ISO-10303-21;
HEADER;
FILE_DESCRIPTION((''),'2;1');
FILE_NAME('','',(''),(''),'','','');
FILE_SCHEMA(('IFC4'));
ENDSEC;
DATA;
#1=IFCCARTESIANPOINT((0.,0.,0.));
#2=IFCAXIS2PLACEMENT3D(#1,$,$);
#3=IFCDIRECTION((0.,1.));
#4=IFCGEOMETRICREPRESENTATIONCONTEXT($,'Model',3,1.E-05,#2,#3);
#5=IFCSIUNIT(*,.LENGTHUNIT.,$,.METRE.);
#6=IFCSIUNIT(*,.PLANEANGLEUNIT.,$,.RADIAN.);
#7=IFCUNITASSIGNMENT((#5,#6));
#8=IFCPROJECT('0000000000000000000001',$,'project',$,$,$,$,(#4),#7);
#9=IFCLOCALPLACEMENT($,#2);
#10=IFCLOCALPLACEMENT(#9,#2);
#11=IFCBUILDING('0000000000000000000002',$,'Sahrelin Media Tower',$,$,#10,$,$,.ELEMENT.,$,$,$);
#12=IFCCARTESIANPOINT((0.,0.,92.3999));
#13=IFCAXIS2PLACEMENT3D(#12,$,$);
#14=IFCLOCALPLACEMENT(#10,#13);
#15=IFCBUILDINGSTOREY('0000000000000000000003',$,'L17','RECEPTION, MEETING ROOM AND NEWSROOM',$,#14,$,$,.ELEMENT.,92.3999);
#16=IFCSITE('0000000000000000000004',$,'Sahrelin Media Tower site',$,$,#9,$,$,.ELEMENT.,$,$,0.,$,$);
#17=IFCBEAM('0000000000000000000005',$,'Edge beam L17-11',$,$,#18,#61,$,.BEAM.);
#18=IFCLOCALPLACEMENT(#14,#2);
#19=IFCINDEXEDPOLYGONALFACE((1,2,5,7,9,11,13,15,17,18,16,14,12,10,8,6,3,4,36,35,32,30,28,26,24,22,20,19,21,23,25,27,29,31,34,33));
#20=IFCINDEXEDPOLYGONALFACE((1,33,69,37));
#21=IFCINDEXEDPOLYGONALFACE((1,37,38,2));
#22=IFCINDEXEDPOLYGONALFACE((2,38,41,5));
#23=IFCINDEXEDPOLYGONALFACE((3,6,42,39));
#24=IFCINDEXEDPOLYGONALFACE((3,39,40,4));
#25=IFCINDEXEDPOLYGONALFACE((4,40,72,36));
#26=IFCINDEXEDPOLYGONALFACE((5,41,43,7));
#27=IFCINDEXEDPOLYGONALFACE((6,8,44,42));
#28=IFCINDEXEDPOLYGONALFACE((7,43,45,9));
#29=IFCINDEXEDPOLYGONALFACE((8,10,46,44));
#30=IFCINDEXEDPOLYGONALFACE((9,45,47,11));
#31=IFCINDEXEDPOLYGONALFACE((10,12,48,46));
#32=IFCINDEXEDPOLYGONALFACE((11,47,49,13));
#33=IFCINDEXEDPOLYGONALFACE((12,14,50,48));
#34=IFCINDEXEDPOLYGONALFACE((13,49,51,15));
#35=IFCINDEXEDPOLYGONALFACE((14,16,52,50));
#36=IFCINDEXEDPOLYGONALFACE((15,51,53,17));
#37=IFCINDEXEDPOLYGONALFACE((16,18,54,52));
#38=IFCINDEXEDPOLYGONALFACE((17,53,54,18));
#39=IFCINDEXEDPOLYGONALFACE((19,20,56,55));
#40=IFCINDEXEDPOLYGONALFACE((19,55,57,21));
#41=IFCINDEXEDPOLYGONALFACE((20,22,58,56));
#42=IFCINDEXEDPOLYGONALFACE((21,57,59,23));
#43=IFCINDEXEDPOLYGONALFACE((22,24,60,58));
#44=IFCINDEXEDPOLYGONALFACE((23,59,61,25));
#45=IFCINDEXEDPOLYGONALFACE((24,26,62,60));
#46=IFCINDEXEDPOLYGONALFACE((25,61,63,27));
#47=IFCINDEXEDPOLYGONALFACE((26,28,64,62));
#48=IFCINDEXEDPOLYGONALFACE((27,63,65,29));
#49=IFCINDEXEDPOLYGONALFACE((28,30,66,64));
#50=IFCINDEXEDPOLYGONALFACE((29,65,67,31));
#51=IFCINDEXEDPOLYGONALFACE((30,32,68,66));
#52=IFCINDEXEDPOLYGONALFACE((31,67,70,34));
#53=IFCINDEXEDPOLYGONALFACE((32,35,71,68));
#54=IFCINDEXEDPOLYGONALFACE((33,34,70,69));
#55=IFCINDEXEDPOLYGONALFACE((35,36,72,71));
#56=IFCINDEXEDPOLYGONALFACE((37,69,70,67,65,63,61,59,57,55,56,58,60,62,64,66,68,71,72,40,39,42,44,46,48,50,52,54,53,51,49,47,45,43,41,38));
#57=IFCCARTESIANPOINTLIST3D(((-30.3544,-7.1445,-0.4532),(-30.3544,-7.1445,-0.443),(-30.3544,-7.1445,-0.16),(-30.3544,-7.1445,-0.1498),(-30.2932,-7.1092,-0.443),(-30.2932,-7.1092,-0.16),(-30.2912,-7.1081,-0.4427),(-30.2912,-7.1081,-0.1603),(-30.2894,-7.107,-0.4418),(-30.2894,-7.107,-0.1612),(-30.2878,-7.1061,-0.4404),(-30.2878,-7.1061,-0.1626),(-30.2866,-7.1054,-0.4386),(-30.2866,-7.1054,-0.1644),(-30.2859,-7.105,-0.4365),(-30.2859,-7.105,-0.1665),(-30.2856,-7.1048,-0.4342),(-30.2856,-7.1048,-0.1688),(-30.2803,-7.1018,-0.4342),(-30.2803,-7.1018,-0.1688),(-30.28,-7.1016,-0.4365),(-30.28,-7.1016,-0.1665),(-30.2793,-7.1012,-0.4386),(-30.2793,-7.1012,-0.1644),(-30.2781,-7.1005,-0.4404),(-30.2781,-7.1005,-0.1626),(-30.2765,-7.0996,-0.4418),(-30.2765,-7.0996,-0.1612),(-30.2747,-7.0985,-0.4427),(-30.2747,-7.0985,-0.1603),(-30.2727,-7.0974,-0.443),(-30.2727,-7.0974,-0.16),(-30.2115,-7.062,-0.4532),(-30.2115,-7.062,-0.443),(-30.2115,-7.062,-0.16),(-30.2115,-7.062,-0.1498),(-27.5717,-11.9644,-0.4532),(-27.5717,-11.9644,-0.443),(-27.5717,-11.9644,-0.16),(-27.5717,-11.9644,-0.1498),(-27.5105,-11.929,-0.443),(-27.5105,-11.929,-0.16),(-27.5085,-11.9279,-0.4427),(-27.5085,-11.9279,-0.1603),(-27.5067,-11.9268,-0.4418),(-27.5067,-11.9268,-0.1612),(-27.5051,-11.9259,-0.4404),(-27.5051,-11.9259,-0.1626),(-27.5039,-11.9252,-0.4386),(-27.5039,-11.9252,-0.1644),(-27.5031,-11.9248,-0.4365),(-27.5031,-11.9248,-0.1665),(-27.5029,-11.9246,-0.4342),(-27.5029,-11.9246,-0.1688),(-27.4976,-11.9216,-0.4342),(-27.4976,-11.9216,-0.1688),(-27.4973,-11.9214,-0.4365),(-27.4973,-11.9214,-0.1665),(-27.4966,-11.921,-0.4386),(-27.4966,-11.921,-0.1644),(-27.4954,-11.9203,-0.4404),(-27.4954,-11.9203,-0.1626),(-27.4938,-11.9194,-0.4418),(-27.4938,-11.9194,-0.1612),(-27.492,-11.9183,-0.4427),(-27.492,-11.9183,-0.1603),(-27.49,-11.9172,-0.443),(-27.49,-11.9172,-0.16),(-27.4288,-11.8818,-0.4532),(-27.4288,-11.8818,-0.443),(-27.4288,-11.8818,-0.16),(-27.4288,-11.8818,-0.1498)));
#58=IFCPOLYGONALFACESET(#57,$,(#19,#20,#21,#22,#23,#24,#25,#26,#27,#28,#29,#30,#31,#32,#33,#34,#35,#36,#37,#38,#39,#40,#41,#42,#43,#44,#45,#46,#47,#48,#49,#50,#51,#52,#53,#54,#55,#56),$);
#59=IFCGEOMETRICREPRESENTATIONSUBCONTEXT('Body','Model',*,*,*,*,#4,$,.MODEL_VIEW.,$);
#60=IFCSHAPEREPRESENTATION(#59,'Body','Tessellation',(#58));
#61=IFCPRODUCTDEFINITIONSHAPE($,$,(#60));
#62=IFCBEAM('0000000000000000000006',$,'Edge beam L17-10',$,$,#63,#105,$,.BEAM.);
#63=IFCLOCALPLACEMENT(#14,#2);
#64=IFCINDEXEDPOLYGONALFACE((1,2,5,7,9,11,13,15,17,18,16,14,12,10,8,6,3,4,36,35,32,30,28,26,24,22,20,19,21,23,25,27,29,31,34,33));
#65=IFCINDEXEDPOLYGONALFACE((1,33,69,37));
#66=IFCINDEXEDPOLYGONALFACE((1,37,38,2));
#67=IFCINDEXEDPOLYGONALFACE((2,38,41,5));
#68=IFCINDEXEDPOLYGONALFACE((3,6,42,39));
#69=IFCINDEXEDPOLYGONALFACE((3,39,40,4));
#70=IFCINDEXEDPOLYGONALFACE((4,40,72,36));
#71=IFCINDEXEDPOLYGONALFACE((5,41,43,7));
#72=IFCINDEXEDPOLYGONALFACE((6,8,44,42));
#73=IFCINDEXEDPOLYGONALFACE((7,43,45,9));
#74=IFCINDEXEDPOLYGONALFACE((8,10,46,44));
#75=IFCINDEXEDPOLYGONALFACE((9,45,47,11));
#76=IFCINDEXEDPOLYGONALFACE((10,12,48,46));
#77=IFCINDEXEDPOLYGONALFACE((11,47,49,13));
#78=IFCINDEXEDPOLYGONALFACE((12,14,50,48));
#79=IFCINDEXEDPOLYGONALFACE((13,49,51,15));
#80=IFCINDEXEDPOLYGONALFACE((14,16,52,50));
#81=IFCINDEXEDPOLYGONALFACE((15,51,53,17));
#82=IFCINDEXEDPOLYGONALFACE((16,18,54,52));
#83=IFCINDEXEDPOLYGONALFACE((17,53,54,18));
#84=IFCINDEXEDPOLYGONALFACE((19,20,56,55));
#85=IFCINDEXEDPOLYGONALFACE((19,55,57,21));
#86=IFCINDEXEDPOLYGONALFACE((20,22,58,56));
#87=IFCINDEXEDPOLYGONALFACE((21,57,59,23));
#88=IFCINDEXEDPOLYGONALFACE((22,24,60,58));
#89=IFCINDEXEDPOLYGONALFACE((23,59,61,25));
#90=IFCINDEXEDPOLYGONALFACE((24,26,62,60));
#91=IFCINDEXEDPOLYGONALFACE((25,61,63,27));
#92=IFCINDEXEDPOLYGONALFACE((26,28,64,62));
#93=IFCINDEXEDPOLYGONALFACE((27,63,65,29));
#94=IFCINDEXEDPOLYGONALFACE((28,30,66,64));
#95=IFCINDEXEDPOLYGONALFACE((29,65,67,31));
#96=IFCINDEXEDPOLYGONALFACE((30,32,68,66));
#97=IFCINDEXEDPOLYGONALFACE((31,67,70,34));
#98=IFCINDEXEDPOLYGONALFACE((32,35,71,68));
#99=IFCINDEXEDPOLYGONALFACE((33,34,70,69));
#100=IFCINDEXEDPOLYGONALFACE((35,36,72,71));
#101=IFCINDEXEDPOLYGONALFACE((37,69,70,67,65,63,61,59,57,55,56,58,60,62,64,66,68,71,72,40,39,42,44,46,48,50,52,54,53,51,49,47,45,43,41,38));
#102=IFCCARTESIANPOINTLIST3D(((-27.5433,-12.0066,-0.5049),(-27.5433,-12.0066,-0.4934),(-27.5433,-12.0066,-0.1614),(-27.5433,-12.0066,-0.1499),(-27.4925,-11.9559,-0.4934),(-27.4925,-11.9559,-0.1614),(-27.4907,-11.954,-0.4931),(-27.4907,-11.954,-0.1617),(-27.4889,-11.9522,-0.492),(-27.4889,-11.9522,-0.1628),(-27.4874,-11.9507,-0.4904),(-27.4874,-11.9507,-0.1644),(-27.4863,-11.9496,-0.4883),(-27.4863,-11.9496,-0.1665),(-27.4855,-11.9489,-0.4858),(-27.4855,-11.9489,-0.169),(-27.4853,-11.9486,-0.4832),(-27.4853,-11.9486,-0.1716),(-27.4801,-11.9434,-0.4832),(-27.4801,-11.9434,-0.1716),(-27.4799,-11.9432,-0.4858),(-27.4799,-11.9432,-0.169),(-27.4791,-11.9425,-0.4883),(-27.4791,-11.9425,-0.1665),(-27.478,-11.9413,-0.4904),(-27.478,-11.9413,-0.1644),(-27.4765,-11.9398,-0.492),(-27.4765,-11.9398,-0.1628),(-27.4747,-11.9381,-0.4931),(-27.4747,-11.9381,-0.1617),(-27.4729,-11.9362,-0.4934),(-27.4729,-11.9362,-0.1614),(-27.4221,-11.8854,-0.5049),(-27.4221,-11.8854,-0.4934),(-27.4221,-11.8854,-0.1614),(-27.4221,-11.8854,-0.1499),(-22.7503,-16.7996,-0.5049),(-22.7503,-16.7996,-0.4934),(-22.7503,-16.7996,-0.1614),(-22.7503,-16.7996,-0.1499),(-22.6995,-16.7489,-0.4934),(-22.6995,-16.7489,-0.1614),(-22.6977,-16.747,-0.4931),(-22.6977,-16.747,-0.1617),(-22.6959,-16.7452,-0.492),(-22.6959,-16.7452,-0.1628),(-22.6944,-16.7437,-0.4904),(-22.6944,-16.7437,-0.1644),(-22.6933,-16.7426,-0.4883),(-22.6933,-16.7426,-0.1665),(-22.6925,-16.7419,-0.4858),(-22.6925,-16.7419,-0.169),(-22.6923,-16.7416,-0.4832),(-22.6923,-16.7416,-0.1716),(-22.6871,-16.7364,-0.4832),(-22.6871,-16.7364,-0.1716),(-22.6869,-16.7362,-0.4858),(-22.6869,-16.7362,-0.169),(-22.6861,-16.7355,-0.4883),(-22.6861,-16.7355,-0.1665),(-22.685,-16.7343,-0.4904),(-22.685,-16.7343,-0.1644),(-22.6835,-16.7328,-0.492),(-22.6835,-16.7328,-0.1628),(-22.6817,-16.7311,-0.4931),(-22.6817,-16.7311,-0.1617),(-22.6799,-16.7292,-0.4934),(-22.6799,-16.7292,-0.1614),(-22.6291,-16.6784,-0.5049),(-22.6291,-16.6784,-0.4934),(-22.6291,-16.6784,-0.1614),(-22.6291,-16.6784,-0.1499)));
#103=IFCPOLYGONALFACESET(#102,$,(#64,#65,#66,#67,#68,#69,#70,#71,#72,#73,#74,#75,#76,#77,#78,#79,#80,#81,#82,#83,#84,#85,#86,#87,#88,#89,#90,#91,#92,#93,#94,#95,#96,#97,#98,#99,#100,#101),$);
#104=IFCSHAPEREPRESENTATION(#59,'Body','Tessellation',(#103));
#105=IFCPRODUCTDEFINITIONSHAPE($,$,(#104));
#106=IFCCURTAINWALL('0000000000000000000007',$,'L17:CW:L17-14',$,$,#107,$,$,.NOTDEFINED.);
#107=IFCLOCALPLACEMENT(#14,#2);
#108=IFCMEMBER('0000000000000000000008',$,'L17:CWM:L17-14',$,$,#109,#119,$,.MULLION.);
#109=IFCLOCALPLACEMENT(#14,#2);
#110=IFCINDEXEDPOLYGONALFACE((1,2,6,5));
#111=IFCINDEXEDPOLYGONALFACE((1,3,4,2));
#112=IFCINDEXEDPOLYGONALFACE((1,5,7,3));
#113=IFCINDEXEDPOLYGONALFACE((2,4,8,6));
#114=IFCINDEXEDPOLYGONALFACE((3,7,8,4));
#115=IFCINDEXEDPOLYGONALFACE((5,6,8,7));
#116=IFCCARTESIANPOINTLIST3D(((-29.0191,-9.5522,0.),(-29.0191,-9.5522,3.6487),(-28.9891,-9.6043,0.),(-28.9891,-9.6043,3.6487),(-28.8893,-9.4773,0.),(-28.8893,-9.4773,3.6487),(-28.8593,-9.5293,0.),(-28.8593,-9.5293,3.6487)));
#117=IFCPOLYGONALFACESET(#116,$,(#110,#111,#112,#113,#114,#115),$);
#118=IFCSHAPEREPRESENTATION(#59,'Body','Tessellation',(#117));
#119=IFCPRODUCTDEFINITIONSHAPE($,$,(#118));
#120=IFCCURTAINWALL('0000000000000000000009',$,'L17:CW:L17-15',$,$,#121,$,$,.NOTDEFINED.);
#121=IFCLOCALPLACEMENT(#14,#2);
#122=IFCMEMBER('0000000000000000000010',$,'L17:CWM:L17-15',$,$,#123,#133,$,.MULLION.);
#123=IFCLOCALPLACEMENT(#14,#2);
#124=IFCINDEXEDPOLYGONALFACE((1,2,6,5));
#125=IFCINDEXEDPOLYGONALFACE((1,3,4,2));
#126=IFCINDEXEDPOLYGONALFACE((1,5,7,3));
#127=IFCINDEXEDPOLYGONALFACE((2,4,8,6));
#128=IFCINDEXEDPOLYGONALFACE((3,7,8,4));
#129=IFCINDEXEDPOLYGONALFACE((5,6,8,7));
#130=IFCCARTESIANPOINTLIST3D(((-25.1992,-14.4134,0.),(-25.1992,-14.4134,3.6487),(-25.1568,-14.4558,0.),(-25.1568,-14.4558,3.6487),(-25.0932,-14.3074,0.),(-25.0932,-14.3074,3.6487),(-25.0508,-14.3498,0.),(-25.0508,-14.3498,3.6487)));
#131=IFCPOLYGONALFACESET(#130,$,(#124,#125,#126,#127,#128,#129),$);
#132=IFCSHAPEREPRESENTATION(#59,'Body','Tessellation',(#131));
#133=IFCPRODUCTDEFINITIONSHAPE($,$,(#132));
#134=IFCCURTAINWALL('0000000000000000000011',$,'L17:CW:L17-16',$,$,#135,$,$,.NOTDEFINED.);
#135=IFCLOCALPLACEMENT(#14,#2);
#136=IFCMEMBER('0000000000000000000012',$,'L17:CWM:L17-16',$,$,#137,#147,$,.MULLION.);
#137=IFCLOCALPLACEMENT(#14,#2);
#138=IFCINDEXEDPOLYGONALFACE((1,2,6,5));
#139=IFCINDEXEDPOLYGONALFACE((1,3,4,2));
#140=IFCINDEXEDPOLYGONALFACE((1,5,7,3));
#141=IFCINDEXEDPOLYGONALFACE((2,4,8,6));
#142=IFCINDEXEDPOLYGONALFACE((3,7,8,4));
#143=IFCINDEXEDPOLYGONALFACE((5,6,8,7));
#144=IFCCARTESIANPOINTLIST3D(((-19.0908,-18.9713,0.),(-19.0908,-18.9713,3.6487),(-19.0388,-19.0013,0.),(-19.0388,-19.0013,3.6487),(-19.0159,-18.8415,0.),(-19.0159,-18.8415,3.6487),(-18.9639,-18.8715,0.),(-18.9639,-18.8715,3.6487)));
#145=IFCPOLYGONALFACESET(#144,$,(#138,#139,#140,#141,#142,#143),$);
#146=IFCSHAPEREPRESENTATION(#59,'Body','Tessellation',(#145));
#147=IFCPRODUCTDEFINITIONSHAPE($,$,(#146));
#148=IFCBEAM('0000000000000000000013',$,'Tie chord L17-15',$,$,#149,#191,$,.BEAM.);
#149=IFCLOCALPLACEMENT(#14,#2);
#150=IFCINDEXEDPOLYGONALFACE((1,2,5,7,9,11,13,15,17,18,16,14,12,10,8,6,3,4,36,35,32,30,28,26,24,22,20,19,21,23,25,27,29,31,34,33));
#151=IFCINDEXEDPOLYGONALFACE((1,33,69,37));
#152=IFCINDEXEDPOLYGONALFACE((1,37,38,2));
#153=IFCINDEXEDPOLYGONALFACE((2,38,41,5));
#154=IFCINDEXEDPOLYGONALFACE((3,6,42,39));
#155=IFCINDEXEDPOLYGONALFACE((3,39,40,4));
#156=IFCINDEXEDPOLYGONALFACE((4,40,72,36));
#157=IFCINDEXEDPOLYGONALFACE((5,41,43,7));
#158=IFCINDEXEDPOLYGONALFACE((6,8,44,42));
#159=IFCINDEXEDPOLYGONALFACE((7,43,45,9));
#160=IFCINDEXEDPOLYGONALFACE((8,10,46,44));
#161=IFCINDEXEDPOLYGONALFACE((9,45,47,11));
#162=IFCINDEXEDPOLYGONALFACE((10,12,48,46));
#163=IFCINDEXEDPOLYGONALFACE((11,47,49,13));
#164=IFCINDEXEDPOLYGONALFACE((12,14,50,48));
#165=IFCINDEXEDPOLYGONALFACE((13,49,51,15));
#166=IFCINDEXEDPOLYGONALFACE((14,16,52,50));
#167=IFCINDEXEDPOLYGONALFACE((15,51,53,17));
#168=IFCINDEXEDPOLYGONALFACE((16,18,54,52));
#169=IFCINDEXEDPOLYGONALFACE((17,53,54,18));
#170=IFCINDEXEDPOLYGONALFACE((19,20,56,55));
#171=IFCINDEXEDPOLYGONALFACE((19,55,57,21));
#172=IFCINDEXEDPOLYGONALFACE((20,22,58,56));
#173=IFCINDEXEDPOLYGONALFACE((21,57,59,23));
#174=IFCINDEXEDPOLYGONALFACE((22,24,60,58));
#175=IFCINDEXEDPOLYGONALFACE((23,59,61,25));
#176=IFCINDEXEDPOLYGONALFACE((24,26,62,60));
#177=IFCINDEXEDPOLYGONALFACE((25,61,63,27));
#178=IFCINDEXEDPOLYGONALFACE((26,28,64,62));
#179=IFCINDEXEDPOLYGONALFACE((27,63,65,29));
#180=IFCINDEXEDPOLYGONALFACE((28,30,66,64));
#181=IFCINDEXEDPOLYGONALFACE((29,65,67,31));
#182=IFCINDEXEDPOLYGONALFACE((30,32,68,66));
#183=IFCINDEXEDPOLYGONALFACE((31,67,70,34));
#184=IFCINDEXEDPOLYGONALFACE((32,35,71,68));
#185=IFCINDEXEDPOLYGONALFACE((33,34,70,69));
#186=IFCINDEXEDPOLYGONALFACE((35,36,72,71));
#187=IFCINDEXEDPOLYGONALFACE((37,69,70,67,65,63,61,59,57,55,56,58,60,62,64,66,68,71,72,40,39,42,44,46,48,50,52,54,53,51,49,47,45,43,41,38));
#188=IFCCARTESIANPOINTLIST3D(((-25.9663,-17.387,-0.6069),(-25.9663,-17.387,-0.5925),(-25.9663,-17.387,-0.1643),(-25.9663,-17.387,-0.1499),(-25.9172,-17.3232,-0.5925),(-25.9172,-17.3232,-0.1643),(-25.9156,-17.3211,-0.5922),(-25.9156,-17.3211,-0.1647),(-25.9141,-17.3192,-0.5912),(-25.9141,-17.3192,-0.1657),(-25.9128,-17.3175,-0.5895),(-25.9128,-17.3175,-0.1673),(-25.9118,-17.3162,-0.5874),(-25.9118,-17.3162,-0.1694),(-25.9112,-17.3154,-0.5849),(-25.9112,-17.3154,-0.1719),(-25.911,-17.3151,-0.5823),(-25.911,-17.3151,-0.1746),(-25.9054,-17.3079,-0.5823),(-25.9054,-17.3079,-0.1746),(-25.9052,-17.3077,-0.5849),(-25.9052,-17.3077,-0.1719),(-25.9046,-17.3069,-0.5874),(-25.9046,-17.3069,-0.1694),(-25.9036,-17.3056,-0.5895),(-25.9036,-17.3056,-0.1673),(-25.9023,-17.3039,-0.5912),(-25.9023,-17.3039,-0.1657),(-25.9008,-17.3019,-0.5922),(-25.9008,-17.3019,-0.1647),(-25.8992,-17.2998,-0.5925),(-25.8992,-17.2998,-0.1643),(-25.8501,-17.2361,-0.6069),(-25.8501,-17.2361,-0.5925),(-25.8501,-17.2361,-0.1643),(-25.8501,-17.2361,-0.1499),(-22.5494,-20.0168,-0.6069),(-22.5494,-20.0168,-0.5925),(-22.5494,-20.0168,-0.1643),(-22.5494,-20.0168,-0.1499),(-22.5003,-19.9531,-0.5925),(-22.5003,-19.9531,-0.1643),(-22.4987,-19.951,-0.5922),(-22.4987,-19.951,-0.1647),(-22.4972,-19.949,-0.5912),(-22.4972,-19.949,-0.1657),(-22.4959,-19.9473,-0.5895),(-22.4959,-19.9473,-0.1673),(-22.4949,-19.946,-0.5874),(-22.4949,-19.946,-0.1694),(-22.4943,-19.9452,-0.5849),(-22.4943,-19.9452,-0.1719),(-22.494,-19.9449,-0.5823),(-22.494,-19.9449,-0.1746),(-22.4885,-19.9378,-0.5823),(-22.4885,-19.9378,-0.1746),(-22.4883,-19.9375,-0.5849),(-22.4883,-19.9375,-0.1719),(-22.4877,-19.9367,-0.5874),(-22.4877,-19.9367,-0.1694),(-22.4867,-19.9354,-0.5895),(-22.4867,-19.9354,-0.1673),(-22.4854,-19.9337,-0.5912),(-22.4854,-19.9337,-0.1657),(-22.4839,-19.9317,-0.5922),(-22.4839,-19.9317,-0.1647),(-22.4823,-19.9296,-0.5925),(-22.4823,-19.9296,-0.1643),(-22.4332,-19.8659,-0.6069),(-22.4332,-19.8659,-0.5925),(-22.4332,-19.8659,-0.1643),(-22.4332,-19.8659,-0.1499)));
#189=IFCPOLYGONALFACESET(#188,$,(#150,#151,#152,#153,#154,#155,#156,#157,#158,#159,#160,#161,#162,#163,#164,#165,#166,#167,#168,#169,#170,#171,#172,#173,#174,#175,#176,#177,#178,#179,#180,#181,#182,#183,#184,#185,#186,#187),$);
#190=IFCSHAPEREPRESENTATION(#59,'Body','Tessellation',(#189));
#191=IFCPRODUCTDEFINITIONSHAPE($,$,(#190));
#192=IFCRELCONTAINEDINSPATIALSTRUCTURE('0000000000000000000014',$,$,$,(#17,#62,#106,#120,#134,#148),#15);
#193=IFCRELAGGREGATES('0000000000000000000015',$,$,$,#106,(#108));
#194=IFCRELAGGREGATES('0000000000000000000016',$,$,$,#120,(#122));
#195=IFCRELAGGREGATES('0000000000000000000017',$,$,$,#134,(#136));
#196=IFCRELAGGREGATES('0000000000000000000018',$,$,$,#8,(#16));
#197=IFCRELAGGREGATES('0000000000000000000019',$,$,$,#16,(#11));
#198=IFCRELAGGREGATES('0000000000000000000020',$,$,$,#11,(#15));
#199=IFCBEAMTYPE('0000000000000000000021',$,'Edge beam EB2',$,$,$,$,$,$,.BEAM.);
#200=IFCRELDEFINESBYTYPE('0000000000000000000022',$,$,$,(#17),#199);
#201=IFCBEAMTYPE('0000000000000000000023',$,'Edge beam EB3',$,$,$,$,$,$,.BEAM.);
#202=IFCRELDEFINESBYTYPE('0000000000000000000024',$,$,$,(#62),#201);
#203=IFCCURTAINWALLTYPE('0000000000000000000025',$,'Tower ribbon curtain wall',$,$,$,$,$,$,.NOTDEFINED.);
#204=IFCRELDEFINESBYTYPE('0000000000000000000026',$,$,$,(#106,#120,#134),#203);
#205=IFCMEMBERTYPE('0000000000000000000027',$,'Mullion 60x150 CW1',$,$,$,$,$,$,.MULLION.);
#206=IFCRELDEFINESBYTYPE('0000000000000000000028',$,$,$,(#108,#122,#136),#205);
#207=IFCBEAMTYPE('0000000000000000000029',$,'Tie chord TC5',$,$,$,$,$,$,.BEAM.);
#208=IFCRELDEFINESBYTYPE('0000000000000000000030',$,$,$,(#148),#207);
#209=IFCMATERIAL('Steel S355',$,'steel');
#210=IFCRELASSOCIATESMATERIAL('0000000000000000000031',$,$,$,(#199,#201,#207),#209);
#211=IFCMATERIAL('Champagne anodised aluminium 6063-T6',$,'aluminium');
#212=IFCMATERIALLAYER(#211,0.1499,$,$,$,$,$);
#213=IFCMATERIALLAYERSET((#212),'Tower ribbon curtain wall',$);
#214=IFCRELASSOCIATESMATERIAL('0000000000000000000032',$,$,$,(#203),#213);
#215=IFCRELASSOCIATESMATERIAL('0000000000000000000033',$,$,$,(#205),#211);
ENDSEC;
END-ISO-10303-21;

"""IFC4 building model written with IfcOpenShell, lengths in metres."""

from ifc_helpers import new_model, si_unit, direction, frame, origin, origin_2d, place, context, subcontext, project, spatial, rectangle, i_section, extrude, material, layer, layer_set, material_profile, profile_set, type_object, element, aggregate, save


model = new_model("IFC4")

# Units and contexts
model_context = context("Model", 3, precision=1e-05, world=origin(), true_north=direction((0.0, 1.0)))
body_context = subcontext(model_context, "Body", "Model", "MODEL_VIEW")
ifc_project = project(units=[si_unit("LENGTHUNIT", "METRE"), si_unit("PLANEANGLEUNIT", "RADIAN")], contexts=[model_context])

# Site, building, storey
site_placement = place(None, origin())
site = spatial("IfcSite", under=ifc_project, at=site_placement, Name="Sahrelin Media Tower site", CompositionType="ELEMENT", RefElevation=0.0)
building_placement = place(site_placement, origin())
building = spatial("IfcBuilding", under=site, at=building_placement, Name="Sahrelin Media Tower", CompositionType="ELEMENT")
storey_placement = place(building_placement, frame((0.0, 0.0, 92.3999)))
storey = spatial("IfcBuildingStorey", under=building, at=storey_placement, Name="L17", Description="RECEPTION, MEETING ROOM AND NEWSROOM", CompositionType="ELEMENT", Elevation=92.3999)

# Beams
ifc_material_1 = material(Name="Steel S355", Category="steel")
ifc_material_profile_1 = material_profile(ifc_material_1, i_section(OverallWidth=0.165, OverallDepth=0.3035, WebThickness=0.0061, FlangeThickness=0.0103, FilletRadius=0.0088, at=origin_2d()), Name="UB 305x165x40")
ifc_profile_set_1 = profile_set([ifc_material_profile_1], Name="Steel S355")
beam_type_1 = type_object("IfcBeamType", Name="Edge beam EB2", PredefinedType="BEAM", material=ifc_profile_set_1)
beam_1_placement = place(storey_placement, frame((-27.5002, -11.9231, -0.3015), z_axis=(-0.499998, 0.866026, 0.0), x_axis=(-0.866026, -0.499998, 0.0)))
element("IfcBeam", 1, at=beam_1_placement, inside=storey, type_object=beam_type_1, Name="Edge beam L17-11", PredefinedType="BEAM", context=body_context, shape_type="SweptSolid", body=[
    extrude(i_section(OverallWidth=0.165, OverallDepth=0.3035, WebThickness=0.0061, FlangeThickness=0.0103, FilletRadius=0.0088, at=origin_2d()), origin(), (0.0, 0.0, 1.0), 5.5654),
])
ifc_material_profile_2 = material_profile(ifc_material_1, i_section(OverallWidth=0.1714, OverallDepth=0.355, WebThickness=0.0073, FlangeThickness=0.0115, FilletRadius=0.0103, at=origin_2d()), Name="UB 356x171x51")
ifc_profile_set_2 = profile_set([ifc_material_profile_2], Name="Steel S355")
beam_type_2 = type_object("IfcBeamType", Name="Edge beam EB3", PredefinedType="BEAM", material=ifc_profile_set_2)
beam_2_placement = place(storey_placement, frame((-22.6897, -16.739, -0.3274), z_axis=(-0.707107, 0.707107, 0.0), x_axis=(-0.707107, -0.707107, 0.0)))
element("IfcBeam", 2, at=beam_2_placement, inside=storey, type_object=beam_type_2, Name="Edge beam L17-10", PredefinedType="BEAM", context=body_context, shape_type="SweptSolid", body=[
    extrude(i_section(OverallWidth=0.1714, OverallDepth=0.355, WebThickness=0.0073, FlangeThickness=0.0115, FilletRadius=0.0103, at=origin_2d()), origin(), (0.0, 0.0, 1.0), 6.7783),
])

# Curtain walls, members
ifc_material_2 = material(Name="Champagne anodised aluminium 6063-T6", Category="aluminium")
ifc_layer_1 = layer(ifc_material_2, 0.1499)
ifc_layer_set_1 = layer_set([ifc_layer_1], Name="Tower ribbon curtain wall")
curtain_wall_type = type_object("IfcCurtainWallType", Name="Tower ribbon curtain wall", PredefinedType="NOTDEFINED", material=ifc_layer_set_1)
curtain_wall_1_placement = place(storey_placement, frame((-29.0215, -9.5884, 0.0), z_axis=(0.0, 0.0, 1.0), x_axis=(1.0, 0.0, 0.0)))
curtain_wall_1 = element("IfcCurtainWall", 3, at=curtain_wall_1_placement, inside=storey, type_object=curtain_wall_type, Name="L17:CW:L17-14", PredefinedType="NOTDEFINED")
ifc_material_profile_3 = material_profile(ifc_material_2, rectangle(XDim=0.0601, YDim=0.1499, at=origin_2d()), Name="Mullion 60x150")
ifc_profile_set_3 = profile_set([ifc_material_profile_3], Name="Champagne anodised aluminium 6063-T6")
member_type_1 = type_object("IfcMemberType", Name="Mullion 60x150 CW1", PredefinedType="MULLION", material=ifc_profile_set_3)
member_1_placement = place(storey_placement, frame((-28.9392, -9.5408, 0.0), z_axis=(0.0, 0.0, 1.0), x_axis=(0.499991, -0.866031, 0.0)))
member_1 = element("IfcMember", 4, at=member_1_placement, type_object=member_type_1, Name="L17:CWM:L17-14", PredefinedType="MULLION", context=body_context, shape_type="SweptSolid", body=[
    extrude(rectangle(XDim=0.0601, YDim=0.1499, at=origin_2d()), origin(), (0.0, 0.0, 1.0), 3.6487),
])
aggregate(curtain_wall_1, [member_1])
curtain_wall_2_placement = place(storey_placement, frame((-25.1921, -14.4487, 0.0), z_axis=(0.0, 0.0, 1.0), x_axis=(1.0, 0.0, 0.0)))
curtain_wall_2 = element("IfcCurtainWall", 5, at=curtain_wall_2_placement, inside=storey, type_object=curtain_wall_type, Name="L17:CW:L17-15", PredefinedType="NOTDEFINED")
member_2_placement = place(storey_placement, frame((-25.125, -14.3816, 0.0), z_axis=(0.0, 0.0, 1.0), x_axis=(0.707114, -0.707099, 0.0)))
member_2 = element("IfcMember", 6, at=member_2_placement, type_object=member_type_1, Name="L17:CWM:L17-15", PredefinedType="MULLION", context=body_context, shape_type="SweptSolid", body=[
    extrude(rectangle(XDim=0.0601, YDim=0.1499, at=origin_2d()), origin(), (0.0, 0.0, 1.0), 3.6487),
])
curtain_wall_3_placement = place(storey_placement, frame((-19.075, -19.0037, 0.0), z_axis=(0.0, 0.0, 1.0), x_axis=(1.0, 0.0, 0.0)))
curtain_wall_3 = element("IfcCurtainWall", 7, at=curtain_wall_3_placement, inside=storey, type_object=curtain_wall_type, Name="L17:CW:L17-16", PredefinedType="NOTDEFINED")
member_3_placement = place(storey_placement, frame((-19.0273, -18.9214, 0.0), z_axis=(0.0, 0.0, 1.0), x_axis=(0.866023, -0.500005, 0.0)))
member_3 = element("IfcMember", 8, at=member_3_placement, type_object=member_type_1, Name="L17:CWM:L17-16", PredefinedType="MULLION", context=body_context, shape_type="SweptSolid", body=[
    extrude(rectangle(XDim=0.0601, YDim=0.1499, at=origin_2d()), origin(), (0.0, 0.0, 1.0), 3.6487),
])

# Beam
ifc_material_profile_4 = material_profile(ifc_material_1, i_section(OverallWidth=0.1904, OverallDepth=0.457, WebThickness=0.009, FlangeThickness=0.0144, FilletRadius=0.0103, at=origin_2d()), Name="UB 457x191x74")
ifc_profile_set_4 = profile_set([ifc_material_profile_4], Name="Steel S355")
beam_type_3 = type_object("IfcBeamType", Name="Tie chord TC5", PredefinedType="BEAM", material=ifc_profile_set_4)
beam_3_placement = place(storey_placement, frame((-25.9082, -17.3115, -0.3784), z_axis=(0.792464, -0.609919, 0.0), x_axis=(0.609919, 0.792464, 0.0)))
element("IfcBeam", 9, at=beam_3_placement, inside=storey, type_object=beam_type_3, Name="Tie chord L17-15", PredefinedType="BEAM", context=body_context, shape_type="SweptSolid", body=[
    extrude(i_section(OverallWidth=0.1904, OverallDepth=0.457, WebThickness=0.009, FlangeThickness=0.0144, FilletRadius=0.0103, at=origin_2d()), origin(), (0.0, 0.0, 1.0), 4.3118),
])

aggregate(curtain_wall_2, [member_2])
aggregate(curtain_wall_3, [member_3])

save(model, "model.ifc")
